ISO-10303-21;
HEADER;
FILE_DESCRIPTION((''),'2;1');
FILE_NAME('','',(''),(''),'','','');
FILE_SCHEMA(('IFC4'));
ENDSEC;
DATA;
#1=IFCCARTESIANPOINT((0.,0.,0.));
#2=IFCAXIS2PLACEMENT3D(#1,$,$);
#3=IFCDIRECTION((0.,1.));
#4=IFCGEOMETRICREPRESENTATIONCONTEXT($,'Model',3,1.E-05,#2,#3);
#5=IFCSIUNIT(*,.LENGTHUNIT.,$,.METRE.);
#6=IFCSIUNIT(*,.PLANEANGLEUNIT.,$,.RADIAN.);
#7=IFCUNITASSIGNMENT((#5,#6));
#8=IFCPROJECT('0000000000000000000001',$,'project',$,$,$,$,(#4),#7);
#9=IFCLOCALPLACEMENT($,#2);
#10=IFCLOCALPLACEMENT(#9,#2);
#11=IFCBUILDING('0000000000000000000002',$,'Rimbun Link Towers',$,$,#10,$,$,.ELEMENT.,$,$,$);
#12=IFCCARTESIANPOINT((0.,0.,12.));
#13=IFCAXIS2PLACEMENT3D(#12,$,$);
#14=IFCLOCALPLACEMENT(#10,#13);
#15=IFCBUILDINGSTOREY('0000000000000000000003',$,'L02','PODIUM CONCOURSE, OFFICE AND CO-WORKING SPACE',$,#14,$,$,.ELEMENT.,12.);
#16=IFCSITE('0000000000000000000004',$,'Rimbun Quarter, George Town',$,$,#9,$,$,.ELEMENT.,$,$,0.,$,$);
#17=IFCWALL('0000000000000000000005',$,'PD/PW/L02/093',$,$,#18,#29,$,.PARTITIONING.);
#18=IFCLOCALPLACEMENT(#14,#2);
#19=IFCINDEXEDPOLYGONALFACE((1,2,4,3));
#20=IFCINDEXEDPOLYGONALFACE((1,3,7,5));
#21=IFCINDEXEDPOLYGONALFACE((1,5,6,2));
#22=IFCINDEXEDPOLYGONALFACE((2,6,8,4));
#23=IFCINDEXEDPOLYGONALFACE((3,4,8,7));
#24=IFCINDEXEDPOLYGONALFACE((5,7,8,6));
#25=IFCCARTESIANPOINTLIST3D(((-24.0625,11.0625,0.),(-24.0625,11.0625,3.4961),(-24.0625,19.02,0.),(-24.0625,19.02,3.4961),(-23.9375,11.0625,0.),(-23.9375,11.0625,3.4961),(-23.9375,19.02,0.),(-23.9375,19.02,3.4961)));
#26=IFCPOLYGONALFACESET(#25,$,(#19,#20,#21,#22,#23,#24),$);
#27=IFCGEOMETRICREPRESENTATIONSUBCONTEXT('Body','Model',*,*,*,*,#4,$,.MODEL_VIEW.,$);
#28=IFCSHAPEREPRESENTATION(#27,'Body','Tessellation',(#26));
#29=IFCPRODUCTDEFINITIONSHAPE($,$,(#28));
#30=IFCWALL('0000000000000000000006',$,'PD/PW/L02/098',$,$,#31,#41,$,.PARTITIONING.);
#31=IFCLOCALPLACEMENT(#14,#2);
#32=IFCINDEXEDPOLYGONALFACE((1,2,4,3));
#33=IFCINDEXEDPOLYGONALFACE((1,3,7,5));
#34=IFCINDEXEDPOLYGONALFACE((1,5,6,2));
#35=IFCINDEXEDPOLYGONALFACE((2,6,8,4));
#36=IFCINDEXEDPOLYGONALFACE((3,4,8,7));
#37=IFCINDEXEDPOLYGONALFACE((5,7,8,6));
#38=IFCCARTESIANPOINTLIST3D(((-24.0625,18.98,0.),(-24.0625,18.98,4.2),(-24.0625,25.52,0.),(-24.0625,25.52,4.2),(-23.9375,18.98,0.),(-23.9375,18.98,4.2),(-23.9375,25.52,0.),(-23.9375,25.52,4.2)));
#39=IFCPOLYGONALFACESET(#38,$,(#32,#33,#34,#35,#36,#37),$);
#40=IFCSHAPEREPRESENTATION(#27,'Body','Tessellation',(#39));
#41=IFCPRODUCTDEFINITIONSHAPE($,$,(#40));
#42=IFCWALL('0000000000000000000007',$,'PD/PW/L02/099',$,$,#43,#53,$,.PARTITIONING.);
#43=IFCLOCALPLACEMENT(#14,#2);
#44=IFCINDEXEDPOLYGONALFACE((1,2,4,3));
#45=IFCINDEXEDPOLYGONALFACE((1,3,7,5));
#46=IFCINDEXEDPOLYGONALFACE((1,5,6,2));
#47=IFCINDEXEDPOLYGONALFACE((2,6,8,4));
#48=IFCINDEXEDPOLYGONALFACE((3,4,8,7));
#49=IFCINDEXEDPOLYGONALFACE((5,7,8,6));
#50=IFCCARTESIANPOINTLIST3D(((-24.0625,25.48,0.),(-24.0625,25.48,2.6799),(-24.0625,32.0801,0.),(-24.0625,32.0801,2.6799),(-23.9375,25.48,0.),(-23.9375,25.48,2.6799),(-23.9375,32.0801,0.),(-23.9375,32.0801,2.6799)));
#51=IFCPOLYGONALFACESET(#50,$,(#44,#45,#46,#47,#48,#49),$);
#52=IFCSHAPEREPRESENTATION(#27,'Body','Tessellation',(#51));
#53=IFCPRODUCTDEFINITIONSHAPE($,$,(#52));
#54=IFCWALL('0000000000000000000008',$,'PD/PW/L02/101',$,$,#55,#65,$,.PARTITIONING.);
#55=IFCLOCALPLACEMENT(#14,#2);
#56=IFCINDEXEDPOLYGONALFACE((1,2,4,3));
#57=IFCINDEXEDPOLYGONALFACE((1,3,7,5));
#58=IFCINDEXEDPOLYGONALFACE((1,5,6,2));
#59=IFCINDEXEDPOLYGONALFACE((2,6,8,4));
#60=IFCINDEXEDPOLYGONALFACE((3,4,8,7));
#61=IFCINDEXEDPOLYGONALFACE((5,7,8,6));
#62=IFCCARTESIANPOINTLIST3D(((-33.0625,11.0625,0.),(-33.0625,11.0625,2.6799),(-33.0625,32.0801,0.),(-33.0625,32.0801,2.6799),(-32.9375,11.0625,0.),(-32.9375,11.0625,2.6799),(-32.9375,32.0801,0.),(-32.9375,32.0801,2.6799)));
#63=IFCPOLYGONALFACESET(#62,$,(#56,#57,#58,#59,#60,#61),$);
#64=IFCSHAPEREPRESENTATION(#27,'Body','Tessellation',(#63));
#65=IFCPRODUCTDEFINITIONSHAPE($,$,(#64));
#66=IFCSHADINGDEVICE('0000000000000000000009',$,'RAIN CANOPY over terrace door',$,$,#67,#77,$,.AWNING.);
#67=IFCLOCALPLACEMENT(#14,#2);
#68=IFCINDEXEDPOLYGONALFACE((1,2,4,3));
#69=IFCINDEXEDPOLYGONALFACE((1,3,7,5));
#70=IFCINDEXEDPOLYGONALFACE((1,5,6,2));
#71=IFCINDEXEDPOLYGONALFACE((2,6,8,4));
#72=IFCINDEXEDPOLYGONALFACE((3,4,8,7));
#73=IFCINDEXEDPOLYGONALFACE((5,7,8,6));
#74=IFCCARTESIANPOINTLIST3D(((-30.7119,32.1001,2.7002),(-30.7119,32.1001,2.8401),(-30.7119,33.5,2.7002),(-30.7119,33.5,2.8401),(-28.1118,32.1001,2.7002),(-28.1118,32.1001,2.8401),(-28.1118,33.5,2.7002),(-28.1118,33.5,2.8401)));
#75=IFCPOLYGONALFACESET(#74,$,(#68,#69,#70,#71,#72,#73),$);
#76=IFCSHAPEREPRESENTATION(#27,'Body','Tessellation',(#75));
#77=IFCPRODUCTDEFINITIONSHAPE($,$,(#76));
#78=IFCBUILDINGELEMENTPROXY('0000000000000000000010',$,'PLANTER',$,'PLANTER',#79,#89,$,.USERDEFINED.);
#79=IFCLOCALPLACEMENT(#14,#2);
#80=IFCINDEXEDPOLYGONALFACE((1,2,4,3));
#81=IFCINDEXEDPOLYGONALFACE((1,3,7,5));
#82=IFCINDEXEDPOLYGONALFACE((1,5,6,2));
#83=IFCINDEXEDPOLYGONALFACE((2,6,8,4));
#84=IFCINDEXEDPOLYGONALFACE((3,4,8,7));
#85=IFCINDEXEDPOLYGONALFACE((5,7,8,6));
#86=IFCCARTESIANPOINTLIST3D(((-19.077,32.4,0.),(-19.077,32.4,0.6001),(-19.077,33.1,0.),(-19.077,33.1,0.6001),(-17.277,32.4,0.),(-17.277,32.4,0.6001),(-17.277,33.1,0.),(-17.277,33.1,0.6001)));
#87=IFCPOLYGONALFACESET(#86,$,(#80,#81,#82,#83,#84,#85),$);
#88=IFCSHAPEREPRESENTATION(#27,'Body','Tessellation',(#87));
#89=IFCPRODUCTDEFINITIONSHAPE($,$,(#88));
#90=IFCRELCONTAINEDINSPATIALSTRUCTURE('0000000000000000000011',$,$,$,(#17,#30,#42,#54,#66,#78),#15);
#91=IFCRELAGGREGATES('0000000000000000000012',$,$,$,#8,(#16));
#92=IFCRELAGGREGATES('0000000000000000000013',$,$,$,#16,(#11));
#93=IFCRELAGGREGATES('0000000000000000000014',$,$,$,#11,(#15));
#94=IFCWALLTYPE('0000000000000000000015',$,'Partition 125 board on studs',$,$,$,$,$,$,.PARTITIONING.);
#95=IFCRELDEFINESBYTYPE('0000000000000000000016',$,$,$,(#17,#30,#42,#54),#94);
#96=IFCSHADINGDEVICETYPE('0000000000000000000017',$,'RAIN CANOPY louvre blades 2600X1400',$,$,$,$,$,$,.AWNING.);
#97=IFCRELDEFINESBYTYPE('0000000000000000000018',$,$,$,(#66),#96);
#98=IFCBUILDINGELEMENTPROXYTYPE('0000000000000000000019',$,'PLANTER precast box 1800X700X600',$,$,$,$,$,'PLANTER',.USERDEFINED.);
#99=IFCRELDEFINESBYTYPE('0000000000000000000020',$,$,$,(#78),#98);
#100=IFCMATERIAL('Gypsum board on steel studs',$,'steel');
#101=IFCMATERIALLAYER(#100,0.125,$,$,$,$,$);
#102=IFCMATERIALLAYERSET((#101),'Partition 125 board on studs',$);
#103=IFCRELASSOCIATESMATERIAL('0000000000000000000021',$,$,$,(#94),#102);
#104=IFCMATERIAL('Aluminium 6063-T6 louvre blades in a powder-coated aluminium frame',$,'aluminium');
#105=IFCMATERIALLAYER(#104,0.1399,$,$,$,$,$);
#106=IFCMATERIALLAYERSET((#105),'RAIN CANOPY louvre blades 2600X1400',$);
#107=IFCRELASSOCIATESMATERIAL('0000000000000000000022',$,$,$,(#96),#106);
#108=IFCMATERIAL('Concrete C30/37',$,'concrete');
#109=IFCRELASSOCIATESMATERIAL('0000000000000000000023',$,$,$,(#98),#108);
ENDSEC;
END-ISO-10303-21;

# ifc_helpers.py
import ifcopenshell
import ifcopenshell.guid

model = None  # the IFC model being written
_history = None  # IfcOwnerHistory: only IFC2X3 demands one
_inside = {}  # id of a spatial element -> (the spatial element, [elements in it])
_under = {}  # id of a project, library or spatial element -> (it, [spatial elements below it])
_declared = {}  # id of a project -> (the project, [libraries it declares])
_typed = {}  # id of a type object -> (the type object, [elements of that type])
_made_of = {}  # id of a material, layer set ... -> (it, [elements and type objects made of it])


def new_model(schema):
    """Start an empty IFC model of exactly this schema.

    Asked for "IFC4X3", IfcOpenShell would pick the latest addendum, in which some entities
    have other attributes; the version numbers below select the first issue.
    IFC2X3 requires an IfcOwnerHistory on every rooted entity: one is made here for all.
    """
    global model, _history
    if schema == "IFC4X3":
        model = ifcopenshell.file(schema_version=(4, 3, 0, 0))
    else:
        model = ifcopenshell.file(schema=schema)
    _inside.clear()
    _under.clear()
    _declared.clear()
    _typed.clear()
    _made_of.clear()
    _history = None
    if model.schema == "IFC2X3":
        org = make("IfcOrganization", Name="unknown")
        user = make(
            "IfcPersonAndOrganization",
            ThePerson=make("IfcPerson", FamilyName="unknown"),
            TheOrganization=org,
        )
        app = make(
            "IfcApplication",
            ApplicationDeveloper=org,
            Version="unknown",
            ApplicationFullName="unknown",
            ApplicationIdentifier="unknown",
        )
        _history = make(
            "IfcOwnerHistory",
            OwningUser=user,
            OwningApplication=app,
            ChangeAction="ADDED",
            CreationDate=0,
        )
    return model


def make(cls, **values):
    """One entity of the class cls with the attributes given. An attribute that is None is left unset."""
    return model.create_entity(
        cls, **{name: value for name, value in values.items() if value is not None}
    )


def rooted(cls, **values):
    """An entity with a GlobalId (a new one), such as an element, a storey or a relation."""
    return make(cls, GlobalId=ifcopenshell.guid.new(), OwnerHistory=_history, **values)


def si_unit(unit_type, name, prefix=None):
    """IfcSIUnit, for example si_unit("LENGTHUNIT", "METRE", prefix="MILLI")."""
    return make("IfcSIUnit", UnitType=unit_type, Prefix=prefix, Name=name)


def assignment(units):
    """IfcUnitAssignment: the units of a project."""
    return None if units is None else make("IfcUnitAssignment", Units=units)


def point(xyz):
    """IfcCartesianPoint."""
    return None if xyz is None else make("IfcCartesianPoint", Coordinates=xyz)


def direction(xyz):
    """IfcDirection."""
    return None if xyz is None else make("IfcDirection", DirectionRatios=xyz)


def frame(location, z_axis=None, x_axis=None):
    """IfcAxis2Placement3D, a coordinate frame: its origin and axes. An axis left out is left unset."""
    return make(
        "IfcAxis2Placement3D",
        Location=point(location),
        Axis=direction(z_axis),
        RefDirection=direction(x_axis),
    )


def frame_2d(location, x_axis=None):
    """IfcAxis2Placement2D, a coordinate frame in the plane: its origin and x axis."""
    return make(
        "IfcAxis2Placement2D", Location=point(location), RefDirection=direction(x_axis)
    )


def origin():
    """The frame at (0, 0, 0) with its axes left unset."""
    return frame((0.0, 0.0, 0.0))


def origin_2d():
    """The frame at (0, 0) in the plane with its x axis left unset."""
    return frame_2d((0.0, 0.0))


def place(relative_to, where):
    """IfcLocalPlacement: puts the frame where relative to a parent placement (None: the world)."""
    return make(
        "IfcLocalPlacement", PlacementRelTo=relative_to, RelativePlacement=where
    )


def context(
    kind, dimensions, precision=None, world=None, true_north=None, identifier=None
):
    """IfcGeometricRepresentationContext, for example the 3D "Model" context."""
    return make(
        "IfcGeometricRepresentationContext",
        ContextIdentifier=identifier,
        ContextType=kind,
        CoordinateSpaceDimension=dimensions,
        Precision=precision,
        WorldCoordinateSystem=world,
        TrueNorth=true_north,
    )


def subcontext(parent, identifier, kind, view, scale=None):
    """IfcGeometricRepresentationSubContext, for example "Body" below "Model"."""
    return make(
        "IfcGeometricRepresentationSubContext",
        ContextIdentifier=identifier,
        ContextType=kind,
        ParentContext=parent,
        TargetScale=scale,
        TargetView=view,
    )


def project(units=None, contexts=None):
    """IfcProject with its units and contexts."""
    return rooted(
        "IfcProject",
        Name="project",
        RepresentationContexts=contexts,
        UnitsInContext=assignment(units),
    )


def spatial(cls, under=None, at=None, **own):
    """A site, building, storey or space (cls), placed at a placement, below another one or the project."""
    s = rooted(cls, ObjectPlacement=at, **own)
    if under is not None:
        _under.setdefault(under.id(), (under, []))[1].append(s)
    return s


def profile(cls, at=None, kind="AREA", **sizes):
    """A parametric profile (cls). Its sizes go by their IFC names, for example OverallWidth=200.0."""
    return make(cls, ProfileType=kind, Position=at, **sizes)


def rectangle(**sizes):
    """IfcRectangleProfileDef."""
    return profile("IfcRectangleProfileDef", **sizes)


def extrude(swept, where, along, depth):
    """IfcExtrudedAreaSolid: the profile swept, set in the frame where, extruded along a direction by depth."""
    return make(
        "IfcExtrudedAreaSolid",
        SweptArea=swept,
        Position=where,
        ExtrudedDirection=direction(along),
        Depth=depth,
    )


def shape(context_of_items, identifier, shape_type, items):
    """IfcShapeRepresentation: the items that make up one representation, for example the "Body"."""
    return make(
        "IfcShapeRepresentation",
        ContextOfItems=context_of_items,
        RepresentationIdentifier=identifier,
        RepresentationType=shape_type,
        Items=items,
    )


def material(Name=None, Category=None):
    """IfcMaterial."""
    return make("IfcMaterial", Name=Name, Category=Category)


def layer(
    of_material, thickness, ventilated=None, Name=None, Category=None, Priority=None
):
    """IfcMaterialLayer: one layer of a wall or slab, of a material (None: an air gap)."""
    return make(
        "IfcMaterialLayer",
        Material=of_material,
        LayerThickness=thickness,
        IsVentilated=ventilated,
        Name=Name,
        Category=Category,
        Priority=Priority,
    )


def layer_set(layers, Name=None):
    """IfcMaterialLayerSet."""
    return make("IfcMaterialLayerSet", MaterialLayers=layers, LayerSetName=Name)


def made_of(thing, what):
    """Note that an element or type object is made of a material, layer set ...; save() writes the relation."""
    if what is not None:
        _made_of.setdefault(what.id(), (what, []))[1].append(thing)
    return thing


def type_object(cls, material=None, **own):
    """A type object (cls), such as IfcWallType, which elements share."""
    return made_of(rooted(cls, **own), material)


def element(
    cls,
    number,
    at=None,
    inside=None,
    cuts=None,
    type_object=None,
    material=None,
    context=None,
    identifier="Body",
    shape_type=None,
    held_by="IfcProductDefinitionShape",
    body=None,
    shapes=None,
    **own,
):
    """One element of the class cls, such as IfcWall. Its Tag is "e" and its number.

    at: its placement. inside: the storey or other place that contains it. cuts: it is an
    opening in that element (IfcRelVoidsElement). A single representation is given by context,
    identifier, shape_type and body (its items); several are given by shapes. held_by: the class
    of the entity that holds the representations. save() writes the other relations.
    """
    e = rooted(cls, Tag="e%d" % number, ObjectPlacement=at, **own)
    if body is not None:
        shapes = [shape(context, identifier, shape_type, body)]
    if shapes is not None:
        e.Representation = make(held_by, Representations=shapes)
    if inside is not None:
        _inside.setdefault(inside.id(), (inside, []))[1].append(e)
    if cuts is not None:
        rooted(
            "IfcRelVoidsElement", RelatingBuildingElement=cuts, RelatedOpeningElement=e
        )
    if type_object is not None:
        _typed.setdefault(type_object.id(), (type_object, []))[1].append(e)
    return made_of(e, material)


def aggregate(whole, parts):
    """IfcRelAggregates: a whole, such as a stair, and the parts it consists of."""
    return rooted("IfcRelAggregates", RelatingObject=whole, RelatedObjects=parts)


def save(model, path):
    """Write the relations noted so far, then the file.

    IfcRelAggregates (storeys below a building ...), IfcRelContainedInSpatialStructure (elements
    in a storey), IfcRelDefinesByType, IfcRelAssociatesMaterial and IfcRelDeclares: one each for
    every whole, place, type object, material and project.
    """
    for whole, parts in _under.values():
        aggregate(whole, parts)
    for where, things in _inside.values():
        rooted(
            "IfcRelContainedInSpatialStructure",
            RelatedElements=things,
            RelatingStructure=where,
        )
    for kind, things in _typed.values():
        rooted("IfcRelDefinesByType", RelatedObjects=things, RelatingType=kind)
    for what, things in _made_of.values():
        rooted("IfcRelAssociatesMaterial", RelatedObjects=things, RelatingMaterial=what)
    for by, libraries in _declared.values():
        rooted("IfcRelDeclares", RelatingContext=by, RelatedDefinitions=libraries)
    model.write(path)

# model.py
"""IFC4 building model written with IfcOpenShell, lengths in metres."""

from ifc_helpers import new_model, si_unit, direction, frame, frame_2d, origin, origin_2d, place, context, subcontext, project, spatial, rectangle, extrude, material, layer, layer_set, type_object, element, save


model = new_model("IFC4")

# Units and contexts
model_context = context("Model", 3, precision=1e-05, world=origin(), true_north=direction((0.0, 1.0)))
body_context = subcontext(model_context, "Body", "Model", "MODEL_VIEW")
ifc_project = project(units=[si_unit("LENGTHUNIT", "METRE"), si_unit("PLANEANGLEUNIT", "RADIAN")], contexts=[model_context])

# Site, building, storey
site_placement = place(None, origin())
site = spatial("IfcSite", under=ifc_project, at=site_placement, Name="Rimbun Quarter, George Town", CompositionType="ELEMENT", RefElevation=0.0)
building_placement = place(site_placement, origin())
building = spatial("IfcBuilding", under=site, at=building_placement, Name="Rimbun Link Towers", CompositionType="ELEMENT")
storey_placement = place(building_placement, frame((0.0, 0.0, 12.0)))
storey = spatial("IfcBuildingStorey", under=building, at=storey_placement, Name="L02", Description="PODIUM CONCOURSE, OFFICE AND CO-WORKING SPACE", CompositionType="ELEMENT", Elevation=12.0)

# Walls
ifc_material_1 = material(Name="Gypsum board on steel studs", Category="steel")
ifc_layer_1 = layer(ifc_material_1, 0.125)
ifc_layer_set_1 = layer_set([ifc_layer_1], Name="Partition 125 board on studs")
wall_type_1 = type_object("IfcWallType", Name="Partition 125 board on studs", PredefinedType="PARTITIONING", material=ifc_layer_set_1)
wall_1_placement = place(storey_placement, frame((-24.0, 19.02, 0.0), z_axis=(0.0, 0.0, 1.0), x_axis=(0.0, -1.0, 0.0)))
element("IfcWall", 1, at=wall_1_placement, inside=storey, type_object=wall_type_1, Name="PD/PW/L02/093", PredefinedType="PARTITIONING", context=body_context, shape_type="SweptSolid", body=[
    extrude(rectangle(XDim=7.9575, YDim=0.125, at=frame_2d((3.9788, 0.0))), origin(), (0.0, 0.0, 1.0), 3.4961),
])
wall_2_placement = place(storey_placement, frame((-24.0, 25.52, 0.0), z_axis=(0.0, 0.0, 1.0), x_axis=(0.0, -1.0, 0.0)))
element("IfcWall", 2, at=wall_2_placement, inside=storey, type_object=wall_type_1, Name="PD/PW/L02/098", PredefinedType="PARTITIONING", context=body_context, shape_type="SweptSolid", body=[
    extrude(rectangle(XDim=6.54, YDim=0.125, at=frame_2d((3.27, 0.0))), origin(), (0.0, 0.0, 1.0), 4.2),
])
wall_3_placement = place(storey_placement, frame((-24.0, 32.0801, 0.0), z_axis=(0.0, 0.0, 1.0), x_axis=(0.0, -1.0, 0.0)))
element("IfcWall", 3, at=wall_3_placement, inside=storey, type_object=wall_type_1, Name="PD/PW/L02/099", PredefinedType="PARTITIONING", context=body_context, shape_type="SweptSolid", body=[
    extrude(rectangle(XDim=6.6001, YDim=0.125, at=frame_2d((3.3, 0.0))), origin(), (0.0, 0.0, 1.0), 2.6799),
])
wall_4_placement = place(storey_placement, frame((-33.0, 11.0625, 0.0), z_axis=(0.0, 0.0, 1.0), x_axis=(0.0, 1.0, 0.0)))
element("IfcWall", 4, at=wall_4_placement, inside=storey, type_object=wall_type_1, Name="PD/PW/L02/101", PredefinedType="PARTITIONING", context=body_context, shape_type="SweptSolid", body=[
    extrude(rectangle(XDim=21.0176, YDim=0.125, at=frame_2d((10.5088, 0.0))), origin(), (0.0, 0.0, 1.0), 2.6799),
])

# Shading device
ifc_material_2 = material(Name="Aluminium 6063-T6 louvre blades in a powder-coated aluminium frame", Category="aluminium")
ifc_layer_2 = layer(ifc_material_2, 0.1399)
ifc_layer_set_2 = layer_set([ifc_layer_2], Name="RAIN CANOPY louvre blades 2600X1400")
shading_device_type = type_object("IfcShadingDeviceType", Name="RAIN CANOPY louvre blades 2600X1400", PredefinedType="AWNING", material=ifc_layer_set_2)
shading_device_placement = place(storey_placement, frame((-29.4119, 32.8, 2.7002), z_axis=(0.0, 0.0, 1.0), x_axis=(1.0, 0.0, 0.0)))
element("IfcShadingDevice", 5, at=shading_device_placement, inside=storey, type_object=shading_device_type, Name="RAIN CANOPY over terrace door", PredefinedType="AWNING", context=body_context, shape_type="SweptSolid", body=[
    extrude(rectangle(XDim=2.6001, YDim=1.3999, at=origin_2d()), origin(), (0.0, 0.0, 1.0), 0.1399),
])

# Building element proxy
ifc_material_3 = material(Name="Concrete C30/37", Category="concrete")
building_element_proxy_type = type_object("IfcBuildingElementProxyType", Name="PLANTER precast box 1800X700X600", ElementType="PLANTER", PredefinedType="USERDEFINED", material=ifc_material_3)
proxy_placement = place(storey_placement, frame((-18.177, 32.75, 0.0), z_axis=(0.0, 0.0, 1.0), x_axis=(-1.0, 0.0, 0.0)))
element("IfcBuildingElementProxy", 6, at=proxy_placement, inside=storey, type_object=building_element_proxy_type, Name="PLANTER", ObjectType="PLANTER", PredefinedType="USERDEFINED", context=body_context, shape_type="SweptSolid", body=[
    extrude(rectangle(XDim=1.8, YDim=0.7, at=origin_2d()), origin(), (0.0, 0.0, 1.0), 0.6001),
])

save(model, "model.ifc")
